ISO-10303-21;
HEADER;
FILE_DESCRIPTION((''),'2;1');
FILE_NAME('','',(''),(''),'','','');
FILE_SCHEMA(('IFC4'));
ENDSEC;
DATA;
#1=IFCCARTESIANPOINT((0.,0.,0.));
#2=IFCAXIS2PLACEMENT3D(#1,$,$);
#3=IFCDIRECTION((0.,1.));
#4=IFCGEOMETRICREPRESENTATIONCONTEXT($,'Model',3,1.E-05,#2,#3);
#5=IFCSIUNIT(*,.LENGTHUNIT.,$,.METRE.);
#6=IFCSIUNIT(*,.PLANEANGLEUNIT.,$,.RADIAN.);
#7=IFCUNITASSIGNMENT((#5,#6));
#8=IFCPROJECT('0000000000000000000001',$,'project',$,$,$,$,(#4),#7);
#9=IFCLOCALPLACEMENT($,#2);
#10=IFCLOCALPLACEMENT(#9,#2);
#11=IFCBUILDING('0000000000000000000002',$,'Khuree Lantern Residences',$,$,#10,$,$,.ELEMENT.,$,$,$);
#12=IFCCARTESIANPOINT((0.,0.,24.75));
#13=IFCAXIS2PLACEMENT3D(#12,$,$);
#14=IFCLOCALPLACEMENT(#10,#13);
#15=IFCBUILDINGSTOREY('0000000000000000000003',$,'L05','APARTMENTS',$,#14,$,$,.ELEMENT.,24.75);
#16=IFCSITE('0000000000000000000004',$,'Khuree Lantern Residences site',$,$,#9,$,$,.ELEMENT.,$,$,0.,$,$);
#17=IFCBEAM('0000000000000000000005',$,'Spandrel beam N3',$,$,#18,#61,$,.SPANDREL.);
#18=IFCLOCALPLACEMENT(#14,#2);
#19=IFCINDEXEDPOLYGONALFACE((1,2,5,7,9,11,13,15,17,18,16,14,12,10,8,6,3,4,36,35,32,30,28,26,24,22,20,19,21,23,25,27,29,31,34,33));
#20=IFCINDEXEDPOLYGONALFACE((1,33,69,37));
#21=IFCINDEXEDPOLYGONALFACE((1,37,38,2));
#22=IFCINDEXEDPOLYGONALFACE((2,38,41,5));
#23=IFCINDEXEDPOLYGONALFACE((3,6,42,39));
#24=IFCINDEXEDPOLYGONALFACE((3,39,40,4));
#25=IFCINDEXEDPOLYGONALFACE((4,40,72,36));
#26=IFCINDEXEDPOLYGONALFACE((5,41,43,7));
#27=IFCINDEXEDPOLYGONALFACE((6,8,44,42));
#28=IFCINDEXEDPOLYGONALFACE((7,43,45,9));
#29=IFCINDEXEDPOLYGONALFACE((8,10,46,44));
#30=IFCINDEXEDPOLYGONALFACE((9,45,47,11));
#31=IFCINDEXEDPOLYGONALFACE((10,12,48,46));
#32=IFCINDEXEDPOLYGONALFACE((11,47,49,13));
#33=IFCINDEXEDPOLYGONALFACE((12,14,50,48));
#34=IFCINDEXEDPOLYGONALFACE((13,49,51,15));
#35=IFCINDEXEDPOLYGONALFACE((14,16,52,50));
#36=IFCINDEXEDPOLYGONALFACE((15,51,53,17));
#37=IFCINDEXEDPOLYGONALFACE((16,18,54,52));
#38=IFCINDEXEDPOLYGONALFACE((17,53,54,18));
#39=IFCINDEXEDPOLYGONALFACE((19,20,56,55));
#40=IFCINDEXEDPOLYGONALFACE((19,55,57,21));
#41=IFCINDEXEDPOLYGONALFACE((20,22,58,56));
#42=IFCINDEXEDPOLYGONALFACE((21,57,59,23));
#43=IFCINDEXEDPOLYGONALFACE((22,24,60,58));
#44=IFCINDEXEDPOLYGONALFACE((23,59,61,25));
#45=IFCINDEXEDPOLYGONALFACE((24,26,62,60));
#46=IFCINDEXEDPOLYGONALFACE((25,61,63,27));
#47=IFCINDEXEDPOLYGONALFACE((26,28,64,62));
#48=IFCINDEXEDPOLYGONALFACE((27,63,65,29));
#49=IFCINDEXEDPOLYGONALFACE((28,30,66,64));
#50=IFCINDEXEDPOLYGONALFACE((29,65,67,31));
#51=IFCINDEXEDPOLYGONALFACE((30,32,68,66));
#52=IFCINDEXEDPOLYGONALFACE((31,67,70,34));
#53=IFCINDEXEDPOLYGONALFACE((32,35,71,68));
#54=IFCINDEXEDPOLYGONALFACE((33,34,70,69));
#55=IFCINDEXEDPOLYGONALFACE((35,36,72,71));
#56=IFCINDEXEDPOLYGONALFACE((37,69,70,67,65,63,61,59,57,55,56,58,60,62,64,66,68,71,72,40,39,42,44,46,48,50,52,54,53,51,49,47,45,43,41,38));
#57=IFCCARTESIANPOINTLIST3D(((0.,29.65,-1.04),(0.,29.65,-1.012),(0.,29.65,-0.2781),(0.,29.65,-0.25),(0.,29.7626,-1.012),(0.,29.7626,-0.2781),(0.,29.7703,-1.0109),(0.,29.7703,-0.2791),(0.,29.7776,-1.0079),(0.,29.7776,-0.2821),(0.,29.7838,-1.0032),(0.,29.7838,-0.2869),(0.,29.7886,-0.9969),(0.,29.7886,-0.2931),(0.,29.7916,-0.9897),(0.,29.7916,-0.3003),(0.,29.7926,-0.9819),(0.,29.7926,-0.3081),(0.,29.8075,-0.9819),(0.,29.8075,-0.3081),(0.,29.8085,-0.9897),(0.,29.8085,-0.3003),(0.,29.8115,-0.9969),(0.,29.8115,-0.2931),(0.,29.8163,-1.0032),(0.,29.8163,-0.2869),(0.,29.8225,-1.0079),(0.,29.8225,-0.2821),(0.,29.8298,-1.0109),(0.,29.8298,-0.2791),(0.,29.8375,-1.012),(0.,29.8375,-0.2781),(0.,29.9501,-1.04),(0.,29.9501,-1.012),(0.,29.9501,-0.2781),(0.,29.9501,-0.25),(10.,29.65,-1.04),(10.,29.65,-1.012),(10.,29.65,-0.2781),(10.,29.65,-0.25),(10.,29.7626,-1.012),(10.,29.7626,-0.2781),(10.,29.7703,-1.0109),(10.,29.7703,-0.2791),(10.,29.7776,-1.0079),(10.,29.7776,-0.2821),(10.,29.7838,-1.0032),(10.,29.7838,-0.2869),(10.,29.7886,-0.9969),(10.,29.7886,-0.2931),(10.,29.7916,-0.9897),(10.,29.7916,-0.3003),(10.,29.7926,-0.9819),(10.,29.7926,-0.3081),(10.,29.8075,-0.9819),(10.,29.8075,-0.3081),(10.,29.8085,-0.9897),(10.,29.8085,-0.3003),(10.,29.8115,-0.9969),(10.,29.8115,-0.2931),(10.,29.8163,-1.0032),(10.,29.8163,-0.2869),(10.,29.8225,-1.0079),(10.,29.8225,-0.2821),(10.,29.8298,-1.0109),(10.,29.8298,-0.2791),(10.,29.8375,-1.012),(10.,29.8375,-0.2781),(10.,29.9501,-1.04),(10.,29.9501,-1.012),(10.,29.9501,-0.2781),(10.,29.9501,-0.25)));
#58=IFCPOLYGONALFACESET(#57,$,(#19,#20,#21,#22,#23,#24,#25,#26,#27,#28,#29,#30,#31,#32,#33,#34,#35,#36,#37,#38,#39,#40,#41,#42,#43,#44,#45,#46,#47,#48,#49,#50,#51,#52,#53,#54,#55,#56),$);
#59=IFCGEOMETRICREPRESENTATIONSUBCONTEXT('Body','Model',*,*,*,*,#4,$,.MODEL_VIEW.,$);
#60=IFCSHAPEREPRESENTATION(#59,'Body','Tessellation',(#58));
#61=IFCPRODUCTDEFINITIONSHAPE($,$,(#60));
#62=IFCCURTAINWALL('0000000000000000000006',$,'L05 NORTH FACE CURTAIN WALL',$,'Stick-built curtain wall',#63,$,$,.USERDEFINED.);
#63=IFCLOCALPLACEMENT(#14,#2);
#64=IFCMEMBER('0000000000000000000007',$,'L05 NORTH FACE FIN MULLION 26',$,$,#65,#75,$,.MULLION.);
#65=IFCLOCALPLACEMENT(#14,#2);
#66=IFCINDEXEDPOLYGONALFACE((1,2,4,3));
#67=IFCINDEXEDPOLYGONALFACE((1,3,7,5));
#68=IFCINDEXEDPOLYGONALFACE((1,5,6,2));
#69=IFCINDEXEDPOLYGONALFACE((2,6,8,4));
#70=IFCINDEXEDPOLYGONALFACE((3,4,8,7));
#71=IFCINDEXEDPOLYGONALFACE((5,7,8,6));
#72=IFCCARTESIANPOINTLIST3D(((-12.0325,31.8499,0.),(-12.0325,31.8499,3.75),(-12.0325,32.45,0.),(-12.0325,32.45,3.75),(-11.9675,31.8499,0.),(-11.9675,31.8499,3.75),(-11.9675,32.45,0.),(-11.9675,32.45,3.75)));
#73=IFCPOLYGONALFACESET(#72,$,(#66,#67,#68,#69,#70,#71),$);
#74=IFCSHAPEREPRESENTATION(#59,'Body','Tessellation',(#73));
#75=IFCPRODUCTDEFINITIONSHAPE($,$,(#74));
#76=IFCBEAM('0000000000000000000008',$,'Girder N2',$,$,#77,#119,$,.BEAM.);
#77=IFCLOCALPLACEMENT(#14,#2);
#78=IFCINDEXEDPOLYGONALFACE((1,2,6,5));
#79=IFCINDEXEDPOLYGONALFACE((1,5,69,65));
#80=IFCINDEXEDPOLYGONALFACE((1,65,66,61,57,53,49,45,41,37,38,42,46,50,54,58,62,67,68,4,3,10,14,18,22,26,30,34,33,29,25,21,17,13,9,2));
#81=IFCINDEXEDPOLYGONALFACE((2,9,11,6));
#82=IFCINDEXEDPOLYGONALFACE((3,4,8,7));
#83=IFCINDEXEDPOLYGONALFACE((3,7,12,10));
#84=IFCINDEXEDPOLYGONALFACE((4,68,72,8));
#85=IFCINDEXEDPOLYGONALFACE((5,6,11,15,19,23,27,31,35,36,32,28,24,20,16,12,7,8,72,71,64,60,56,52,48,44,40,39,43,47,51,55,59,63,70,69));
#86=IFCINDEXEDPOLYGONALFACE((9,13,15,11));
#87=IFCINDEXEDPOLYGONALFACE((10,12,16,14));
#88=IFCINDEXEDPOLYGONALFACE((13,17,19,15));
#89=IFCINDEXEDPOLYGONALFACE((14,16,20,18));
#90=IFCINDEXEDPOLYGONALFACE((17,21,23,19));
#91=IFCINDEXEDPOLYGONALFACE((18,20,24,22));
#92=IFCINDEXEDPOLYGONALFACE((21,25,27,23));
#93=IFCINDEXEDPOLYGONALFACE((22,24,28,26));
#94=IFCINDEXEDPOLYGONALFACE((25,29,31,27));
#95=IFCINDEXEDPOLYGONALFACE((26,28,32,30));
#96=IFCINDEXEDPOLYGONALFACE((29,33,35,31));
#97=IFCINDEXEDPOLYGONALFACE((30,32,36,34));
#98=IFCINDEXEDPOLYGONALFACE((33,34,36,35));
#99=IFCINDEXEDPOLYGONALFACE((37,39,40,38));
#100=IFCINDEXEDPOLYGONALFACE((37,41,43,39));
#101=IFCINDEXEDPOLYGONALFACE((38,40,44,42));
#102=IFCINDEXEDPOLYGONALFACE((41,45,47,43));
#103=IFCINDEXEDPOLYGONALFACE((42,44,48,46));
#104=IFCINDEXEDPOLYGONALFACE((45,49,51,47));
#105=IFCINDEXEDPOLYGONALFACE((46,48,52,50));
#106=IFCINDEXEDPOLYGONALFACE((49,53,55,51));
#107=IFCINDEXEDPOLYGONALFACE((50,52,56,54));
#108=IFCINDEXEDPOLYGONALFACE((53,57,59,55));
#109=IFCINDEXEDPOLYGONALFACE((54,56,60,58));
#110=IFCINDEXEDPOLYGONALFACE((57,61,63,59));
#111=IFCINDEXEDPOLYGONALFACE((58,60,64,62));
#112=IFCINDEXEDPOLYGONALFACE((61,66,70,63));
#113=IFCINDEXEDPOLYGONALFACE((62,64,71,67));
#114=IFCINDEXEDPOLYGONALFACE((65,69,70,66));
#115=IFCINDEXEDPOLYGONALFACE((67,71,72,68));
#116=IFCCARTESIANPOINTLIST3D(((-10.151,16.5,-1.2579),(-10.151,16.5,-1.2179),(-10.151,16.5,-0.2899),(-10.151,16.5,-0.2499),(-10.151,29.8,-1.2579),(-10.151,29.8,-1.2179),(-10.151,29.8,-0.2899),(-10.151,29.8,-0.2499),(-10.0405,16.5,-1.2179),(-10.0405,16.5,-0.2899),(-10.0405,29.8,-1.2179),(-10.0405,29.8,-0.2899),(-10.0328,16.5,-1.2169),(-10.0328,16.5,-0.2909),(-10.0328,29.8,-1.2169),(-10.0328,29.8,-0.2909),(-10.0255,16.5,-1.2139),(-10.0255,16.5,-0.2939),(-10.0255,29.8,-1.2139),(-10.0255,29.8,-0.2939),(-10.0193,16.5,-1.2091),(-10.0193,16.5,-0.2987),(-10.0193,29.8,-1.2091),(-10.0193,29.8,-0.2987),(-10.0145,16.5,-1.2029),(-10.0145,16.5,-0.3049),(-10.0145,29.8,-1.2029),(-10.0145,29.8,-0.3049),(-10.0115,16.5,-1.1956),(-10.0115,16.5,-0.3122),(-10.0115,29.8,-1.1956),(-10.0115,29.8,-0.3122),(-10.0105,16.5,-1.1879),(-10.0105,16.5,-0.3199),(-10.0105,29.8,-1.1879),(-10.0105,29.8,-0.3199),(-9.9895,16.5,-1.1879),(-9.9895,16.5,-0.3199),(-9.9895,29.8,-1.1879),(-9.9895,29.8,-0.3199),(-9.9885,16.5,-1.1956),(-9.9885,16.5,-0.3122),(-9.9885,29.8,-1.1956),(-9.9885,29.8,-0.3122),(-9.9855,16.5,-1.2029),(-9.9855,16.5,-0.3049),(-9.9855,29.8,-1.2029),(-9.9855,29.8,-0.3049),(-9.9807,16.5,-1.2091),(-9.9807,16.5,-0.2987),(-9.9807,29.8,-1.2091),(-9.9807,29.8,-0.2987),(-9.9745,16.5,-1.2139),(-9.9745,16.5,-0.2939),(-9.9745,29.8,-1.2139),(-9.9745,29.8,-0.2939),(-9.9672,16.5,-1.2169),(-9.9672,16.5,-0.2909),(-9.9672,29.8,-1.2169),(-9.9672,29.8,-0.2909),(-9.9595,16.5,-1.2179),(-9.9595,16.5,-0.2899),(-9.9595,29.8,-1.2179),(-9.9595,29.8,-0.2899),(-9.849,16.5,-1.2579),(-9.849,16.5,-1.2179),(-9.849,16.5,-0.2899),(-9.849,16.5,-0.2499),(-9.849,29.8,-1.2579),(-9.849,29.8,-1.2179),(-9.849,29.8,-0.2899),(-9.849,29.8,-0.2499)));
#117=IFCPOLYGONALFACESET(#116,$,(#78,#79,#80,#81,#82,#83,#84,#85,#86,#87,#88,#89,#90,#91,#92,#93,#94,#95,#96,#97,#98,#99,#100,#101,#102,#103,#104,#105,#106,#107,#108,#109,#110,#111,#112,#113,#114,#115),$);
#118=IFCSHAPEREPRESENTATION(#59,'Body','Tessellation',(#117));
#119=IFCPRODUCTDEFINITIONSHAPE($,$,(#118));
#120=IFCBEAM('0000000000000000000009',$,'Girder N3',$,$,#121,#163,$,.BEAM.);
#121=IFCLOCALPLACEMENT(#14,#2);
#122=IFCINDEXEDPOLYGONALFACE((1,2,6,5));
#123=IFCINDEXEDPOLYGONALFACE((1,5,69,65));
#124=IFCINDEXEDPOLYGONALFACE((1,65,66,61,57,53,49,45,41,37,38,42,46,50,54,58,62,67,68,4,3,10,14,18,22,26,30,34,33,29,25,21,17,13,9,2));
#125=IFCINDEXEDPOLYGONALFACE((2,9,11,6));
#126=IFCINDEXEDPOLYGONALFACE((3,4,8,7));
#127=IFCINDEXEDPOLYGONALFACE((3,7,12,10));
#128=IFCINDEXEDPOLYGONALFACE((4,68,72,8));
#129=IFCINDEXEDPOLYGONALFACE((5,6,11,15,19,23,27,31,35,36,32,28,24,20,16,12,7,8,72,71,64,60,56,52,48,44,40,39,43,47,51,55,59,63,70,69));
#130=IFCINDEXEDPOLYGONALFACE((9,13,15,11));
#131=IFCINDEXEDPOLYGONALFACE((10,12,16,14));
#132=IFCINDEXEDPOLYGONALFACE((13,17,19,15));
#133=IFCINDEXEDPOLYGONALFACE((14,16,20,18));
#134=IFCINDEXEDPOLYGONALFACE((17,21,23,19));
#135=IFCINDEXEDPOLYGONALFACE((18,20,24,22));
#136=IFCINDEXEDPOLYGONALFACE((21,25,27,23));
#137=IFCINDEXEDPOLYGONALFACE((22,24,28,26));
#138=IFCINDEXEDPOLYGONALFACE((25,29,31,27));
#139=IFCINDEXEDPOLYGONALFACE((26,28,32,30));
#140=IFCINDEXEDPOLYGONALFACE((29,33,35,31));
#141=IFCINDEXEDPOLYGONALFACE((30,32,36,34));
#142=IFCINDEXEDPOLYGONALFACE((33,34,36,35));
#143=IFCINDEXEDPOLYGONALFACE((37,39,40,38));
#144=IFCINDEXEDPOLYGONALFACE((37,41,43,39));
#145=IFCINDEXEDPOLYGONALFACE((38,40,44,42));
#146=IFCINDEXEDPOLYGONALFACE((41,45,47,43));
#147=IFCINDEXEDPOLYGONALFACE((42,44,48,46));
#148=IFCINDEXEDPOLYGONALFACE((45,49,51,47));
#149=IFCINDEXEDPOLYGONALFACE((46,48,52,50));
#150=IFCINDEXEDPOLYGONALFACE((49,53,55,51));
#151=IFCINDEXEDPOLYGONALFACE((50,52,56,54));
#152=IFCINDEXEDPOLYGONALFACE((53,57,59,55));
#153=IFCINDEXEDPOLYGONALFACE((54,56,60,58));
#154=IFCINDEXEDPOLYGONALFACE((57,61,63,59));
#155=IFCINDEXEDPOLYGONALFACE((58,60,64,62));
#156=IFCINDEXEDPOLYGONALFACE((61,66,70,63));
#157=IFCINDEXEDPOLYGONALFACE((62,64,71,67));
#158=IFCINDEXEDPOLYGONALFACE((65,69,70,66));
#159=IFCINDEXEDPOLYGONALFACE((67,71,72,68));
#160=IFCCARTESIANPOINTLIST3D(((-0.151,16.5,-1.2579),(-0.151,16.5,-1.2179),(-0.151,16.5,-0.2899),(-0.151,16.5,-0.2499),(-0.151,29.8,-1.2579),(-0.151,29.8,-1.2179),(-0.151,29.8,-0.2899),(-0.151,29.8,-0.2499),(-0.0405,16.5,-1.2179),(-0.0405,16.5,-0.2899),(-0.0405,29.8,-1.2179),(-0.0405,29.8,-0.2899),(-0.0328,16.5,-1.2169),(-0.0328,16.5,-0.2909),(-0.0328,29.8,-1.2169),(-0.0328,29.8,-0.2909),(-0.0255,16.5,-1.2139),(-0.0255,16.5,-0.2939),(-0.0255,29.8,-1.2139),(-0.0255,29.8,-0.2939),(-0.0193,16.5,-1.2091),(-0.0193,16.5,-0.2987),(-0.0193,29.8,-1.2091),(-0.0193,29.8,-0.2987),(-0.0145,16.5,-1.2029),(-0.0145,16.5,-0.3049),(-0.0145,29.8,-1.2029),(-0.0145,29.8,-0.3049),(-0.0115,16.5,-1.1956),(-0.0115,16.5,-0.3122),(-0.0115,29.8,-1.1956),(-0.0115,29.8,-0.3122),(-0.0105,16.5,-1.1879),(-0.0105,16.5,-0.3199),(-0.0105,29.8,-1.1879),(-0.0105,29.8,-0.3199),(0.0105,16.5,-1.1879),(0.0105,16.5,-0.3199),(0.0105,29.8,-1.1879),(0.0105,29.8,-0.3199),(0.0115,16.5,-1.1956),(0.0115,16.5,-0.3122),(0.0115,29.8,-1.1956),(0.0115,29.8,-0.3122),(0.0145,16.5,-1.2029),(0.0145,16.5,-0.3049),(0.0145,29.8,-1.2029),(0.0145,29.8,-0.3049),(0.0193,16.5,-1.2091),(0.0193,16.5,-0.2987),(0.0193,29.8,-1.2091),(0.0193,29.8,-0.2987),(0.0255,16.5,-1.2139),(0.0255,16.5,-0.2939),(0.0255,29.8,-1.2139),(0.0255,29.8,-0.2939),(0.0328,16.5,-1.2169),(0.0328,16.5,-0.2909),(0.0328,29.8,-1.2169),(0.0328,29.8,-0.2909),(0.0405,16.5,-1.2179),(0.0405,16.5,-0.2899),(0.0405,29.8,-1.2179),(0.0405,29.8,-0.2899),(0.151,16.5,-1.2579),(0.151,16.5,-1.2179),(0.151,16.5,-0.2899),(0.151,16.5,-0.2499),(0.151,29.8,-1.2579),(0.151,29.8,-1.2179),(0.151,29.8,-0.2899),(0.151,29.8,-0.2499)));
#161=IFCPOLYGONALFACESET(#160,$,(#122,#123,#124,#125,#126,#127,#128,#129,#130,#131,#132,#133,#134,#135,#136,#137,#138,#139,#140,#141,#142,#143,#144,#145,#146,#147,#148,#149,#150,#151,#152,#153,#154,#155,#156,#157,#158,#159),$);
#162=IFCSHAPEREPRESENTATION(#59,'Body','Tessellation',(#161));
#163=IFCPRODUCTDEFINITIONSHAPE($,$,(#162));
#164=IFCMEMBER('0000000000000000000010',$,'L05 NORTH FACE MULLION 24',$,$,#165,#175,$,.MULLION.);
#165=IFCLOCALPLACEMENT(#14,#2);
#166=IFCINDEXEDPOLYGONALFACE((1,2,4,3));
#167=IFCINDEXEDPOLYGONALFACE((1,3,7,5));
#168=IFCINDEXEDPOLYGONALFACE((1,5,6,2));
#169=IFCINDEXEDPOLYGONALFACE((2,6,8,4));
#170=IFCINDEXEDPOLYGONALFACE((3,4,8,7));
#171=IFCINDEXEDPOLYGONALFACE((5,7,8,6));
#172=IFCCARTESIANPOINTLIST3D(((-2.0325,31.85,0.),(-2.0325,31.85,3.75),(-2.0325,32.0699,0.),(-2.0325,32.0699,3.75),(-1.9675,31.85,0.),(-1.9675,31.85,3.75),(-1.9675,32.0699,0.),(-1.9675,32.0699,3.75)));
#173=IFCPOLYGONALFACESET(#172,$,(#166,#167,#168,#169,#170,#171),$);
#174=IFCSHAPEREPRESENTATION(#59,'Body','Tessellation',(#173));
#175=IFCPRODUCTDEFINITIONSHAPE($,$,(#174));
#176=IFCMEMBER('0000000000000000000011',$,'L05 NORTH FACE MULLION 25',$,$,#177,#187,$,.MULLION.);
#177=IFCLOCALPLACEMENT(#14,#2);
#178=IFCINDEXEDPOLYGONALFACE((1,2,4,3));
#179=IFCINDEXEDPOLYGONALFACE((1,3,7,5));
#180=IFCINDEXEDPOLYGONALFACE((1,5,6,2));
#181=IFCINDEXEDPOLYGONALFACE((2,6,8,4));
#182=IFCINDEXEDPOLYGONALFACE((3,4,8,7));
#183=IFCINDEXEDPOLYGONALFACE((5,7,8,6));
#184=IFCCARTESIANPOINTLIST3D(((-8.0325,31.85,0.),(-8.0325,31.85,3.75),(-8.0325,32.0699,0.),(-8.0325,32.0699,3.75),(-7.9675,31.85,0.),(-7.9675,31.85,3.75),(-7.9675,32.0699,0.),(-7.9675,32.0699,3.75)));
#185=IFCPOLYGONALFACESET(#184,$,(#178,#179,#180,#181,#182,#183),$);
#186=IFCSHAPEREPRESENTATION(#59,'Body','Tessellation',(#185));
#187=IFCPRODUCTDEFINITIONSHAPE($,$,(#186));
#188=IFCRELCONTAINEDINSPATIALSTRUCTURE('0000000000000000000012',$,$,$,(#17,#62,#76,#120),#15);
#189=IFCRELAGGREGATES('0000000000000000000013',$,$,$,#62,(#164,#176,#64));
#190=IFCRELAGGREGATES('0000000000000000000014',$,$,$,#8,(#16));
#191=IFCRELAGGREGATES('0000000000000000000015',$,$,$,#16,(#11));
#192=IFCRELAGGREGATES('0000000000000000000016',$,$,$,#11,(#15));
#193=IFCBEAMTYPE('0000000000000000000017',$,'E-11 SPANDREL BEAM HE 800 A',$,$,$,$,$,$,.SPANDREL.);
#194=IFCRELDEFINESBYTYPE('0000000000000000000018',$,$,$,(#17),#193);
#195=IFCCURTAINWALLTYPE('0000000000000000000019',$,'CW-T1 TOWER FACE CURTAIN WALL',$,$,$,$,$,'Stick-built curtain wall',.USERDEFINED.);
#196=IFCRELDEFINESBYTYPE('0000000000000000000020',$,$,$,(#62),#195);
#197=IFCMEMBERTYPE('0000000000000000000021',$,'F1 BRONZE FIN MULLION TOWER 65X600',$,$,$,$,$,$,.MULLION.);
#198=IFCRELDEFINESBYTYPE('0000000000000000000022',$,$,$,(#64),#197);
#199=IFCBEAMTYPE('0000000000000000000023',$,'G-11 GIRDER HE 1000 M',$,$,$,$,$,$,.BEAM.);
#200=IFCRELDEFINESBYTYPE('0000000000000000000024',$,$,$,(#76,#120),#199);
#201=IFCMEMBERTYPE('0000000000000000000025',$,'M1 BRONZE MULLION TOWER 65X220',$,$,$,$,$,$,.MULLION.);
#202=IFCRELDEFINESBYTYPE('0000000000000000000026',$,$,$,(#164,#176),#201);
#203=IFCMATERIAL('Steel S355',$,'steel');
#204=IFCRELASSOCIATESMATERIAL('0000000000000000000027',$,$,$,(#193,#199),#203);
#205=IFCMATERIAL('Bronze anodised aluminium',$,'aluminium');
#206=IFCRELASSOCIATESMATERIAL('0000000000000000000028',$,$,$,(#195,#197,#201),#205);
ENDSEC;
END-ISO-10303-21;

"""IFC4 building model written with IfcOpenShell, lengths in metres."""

from ifc_helpers import new_model, si_unit, direction, frame, origin, origin_2d, place, context, subcontext, project, spatial, rectangle, i_section, extrude, material, material_profile, profile_set, type_object, element, aggregate, save


model = new_model("IFC4")

# Units and contexts
model_context = context("Model", 3, precision=1e-05, world=origin(), true_north=direction((0.0, 1.0)))
body_context = subcontext(model_context, "Body", "Model", "MODEL_VIEW")
ifc_project = project(units=[si_unit("LENGTHUNIT", "METRE"), si_unit("PLANEANGLEUNIT", "RADIAN")], contexts=[model_context])

# Site, building, storey
site_placement = place(None, origin())
site = spatial("IfcSite", under=ifc_project, at=site_placement, Name="Khuree Lantern Residences site", CompositionType="ELEMENT", RefElevation=0.0)
building_placement = place(site_placement, origin())
building = spatial("IfcBuilding", under=site, at=building_placement, Name="Khuree Lantern Residences", CompositionType="ELEMENT")
storey_placement = place(building_placement, frame((0.0, 0.0, 24.75)))
storey = spatial("IfcBuildingStorey", under=building, at=storey_placement, Name="L05", Description="APARTMENTS", CompositionType="ELEMENT", Elevation=24.75)

# Beam
ifc_material_1 = material(Name="Steel S355", Category="steel")
ifc_material_profile_1 = material_profile(ifc_material_1, i_section(OverallWidth=0.3, OverallDepth=0.79, WebThickness=0.0149, FlangeThickness=0.0281, FilletRadius=0.03, at=origin_2d()), Name="HE 800 A")
ifc_profile_set_1 = profile_set([ifc_material_profile_1], Name="Steel S355")
beam_type_1 = type_object("IfcBeamType", Name="E-11 SPANDREL BEAM HE 800 A", PredefinedType="SPANDREL", material=ifc_profile_set_1)
for number, where, z_axis, x_axis, name in (
    (1, (0.0, 29.8, -0.645), (1.0, 0.0, 0.0), (0.0, 1.0, 0.0), "Spandrel beam N3"),
):
    element("IfcBeam", number, at=place(storey_placement, frame(where, z_axis=z_axis, x_axis=x_axis)), inside=storey, type_object=beam_type_1, Name=name, PredefinedType="SPANDREL", context=body_context, shape_type="SweptSolid", body=[
        extrude(i_section(OverallWidth=0.3, OverallDepth=0.79, WebThickness=0.0149, FlangeThickness=0.0281, FilletRadius=0.03, at=origin_2d()), origin(), (0.0, 0.0, 1.0), 10.0),
    ])

# Curtain wall, member
ifc_material_2 = material(Name="Bronze anodised aluminium", Category="aluminium")
curtain_wall_type = type_object("IfcCurtainWallType", Name="CW-T1 TOWER FACE CURTAIN WALL", ElementType="Stick-built curtain wall", PredefinedType="USERDEFINED", material=ifc_material_2)
curtain_wall_placement = place(storey_placement, origin())
curtain_wall = element("IfcCurtainWall", 2, at=curtain_wall_placement, inside=storey, type_object=curtain_wall_type, Name="L05 NORTH FACE CURTAIN WALL", ObjectType="Stick-built curtain wall", PredefinedType="USERDEFINED")
ifc_material_profile_2 = material_profile(ifc_material_2, rectangle(XDim=0.0649, YDim=0.6001, at=origin_2d()), Name="F1 65X600")
ifc_profile_set_2 = profile_set([ifc_material_profile_2], Name="Bronze anodised aluminium")
member_type_1 = type_object("IfcMemberType", Name="F1 BRONZE FIN MULLION TOWER 65X600", PredefinedType="MULLION", material=ifc_profile_set_2)
member_1_placement = place(storey_placement, frame((-12.0, 32.1499, 0.0), z_axis=(0.0, 0.0, 1.0), x_axis=(-1.0, 0.0, 0.0)))
member_1 = element("IfcMember", 3, at=member_1_placement, type_object=member_type_1, Name="L05 NORTH FACE FIN MULLION 26", PredefinedType="MULLION", context=body_context, shape_type="SweptSolid", body=[
    extrude(rectangle(XDim=0.0649, YDim=0.6001, at=origin_2d()), origin(), (0.0, 0.0, 1.0), 3.75),
])

# Beams
ifc_material_profile_3 = material_profile(ifc_material_1, i_section(OverallWidth=0.302, OverallDepth=1.0081, WebThickness=0.021, FlangeThickness=0.04, FilletRadius=0.03, at=origin_2d()), Name="HE 1000 M")
ifc_profile_set_3 = profile_set([ifc_material_profile_3], Name="Steel S355")
beam_type_2 = type_object("IfcBeamType", Name="G-11 GIRDER HE 1000 M", PredefinedType="BEAM", material=ifc_profile_set_3)
for number, where, z_axis, x_axis, name in (
    (4, (-10.0, 29.8, -0.7539), (0.0, -1.0, 0.0), (1.0, 0.0, 0.0), "Girder N2"),
    (5, (0.0, 29.8, -0.7539), (0.0, -1.0, 0.0), (1.0, 0.0, 0.0), "Girder N3"),
):
    element("IfcBeam", number, at=place(storey_placement, frame(where, z_axis=z_axis, x_axis=x_axis)), inside=storey, type_object=beam_type_2, Name=name, PredefinedType="BEAM", context=body_context, shape_type="SweptSolid", body=[
        extrude(i_section(OverallWidth=0.302, OverallDepth=1.0081, WebThickness=0.021, FlangeThickness=0.04, FilletRadius=0.03, at=origin_2d()), origin(), (0.0, 0.0, 1.0), 13.3),
    ])

# Members
ifc_material_profile_4 = material_profile(ifc_material_2, rectangle(XDim=0.0649, YDim=0.22, at=origin_2d()), Name="M1 65X220")
ifc_profile_set_4 = profile_set([ifc_material_profile_4], Name="Bronze anodised aluminium")
member_type_2 = type_object("IfcMemberType", Name="M1 BRONZE MULLION TOWER 65X220", PredefinedType="MULLION", material=ifc_profile_set_4)
member_2_placement = place(storey_placement, frame((-2.0, 31.96, 0.0), z_axis=(0.0, 0.0, 1.0), x_axis=(-1.0, 0.0, 0.0)))
member_2 = element("IfcMember", 6, at=member_2_placement, type_object=member_type_2, Name="L05 NORTH FACE MULLION 24", PredefinedType="MULLION", context=body_context, shape_type="SweptSolid", body=[
    extrude(rectangle(XDim=0.0649, YDim=0.22, at=origin_2d()), origin(), (0.0, 0.0, 1.0), 3.75),
])
member_3_placement = place(storey_placement, frame((-8.0, 31.96, 0.0), z_axis=(0.0, 0.0, 1.0), x_axis=(-1.0, 0.0, 0.0)))
member_3 = element("IfcMember", 7, at=member_3_placement, type_object=member_type_2, Name="L05 NORTH FACE MULLION 25", PredefinedType="MULLION", context=body_context, shape_type="SweptSolid", body=[
    extrude(rectangle(XDim=0.0649, YDim=0.22, at=origin_2d()), origin(), (0.0, 0.0, 1.0), 3.75),
])

aggregate(curtain_wall, [member_2, member_3, member_1])

save(model, "model.ifc")
